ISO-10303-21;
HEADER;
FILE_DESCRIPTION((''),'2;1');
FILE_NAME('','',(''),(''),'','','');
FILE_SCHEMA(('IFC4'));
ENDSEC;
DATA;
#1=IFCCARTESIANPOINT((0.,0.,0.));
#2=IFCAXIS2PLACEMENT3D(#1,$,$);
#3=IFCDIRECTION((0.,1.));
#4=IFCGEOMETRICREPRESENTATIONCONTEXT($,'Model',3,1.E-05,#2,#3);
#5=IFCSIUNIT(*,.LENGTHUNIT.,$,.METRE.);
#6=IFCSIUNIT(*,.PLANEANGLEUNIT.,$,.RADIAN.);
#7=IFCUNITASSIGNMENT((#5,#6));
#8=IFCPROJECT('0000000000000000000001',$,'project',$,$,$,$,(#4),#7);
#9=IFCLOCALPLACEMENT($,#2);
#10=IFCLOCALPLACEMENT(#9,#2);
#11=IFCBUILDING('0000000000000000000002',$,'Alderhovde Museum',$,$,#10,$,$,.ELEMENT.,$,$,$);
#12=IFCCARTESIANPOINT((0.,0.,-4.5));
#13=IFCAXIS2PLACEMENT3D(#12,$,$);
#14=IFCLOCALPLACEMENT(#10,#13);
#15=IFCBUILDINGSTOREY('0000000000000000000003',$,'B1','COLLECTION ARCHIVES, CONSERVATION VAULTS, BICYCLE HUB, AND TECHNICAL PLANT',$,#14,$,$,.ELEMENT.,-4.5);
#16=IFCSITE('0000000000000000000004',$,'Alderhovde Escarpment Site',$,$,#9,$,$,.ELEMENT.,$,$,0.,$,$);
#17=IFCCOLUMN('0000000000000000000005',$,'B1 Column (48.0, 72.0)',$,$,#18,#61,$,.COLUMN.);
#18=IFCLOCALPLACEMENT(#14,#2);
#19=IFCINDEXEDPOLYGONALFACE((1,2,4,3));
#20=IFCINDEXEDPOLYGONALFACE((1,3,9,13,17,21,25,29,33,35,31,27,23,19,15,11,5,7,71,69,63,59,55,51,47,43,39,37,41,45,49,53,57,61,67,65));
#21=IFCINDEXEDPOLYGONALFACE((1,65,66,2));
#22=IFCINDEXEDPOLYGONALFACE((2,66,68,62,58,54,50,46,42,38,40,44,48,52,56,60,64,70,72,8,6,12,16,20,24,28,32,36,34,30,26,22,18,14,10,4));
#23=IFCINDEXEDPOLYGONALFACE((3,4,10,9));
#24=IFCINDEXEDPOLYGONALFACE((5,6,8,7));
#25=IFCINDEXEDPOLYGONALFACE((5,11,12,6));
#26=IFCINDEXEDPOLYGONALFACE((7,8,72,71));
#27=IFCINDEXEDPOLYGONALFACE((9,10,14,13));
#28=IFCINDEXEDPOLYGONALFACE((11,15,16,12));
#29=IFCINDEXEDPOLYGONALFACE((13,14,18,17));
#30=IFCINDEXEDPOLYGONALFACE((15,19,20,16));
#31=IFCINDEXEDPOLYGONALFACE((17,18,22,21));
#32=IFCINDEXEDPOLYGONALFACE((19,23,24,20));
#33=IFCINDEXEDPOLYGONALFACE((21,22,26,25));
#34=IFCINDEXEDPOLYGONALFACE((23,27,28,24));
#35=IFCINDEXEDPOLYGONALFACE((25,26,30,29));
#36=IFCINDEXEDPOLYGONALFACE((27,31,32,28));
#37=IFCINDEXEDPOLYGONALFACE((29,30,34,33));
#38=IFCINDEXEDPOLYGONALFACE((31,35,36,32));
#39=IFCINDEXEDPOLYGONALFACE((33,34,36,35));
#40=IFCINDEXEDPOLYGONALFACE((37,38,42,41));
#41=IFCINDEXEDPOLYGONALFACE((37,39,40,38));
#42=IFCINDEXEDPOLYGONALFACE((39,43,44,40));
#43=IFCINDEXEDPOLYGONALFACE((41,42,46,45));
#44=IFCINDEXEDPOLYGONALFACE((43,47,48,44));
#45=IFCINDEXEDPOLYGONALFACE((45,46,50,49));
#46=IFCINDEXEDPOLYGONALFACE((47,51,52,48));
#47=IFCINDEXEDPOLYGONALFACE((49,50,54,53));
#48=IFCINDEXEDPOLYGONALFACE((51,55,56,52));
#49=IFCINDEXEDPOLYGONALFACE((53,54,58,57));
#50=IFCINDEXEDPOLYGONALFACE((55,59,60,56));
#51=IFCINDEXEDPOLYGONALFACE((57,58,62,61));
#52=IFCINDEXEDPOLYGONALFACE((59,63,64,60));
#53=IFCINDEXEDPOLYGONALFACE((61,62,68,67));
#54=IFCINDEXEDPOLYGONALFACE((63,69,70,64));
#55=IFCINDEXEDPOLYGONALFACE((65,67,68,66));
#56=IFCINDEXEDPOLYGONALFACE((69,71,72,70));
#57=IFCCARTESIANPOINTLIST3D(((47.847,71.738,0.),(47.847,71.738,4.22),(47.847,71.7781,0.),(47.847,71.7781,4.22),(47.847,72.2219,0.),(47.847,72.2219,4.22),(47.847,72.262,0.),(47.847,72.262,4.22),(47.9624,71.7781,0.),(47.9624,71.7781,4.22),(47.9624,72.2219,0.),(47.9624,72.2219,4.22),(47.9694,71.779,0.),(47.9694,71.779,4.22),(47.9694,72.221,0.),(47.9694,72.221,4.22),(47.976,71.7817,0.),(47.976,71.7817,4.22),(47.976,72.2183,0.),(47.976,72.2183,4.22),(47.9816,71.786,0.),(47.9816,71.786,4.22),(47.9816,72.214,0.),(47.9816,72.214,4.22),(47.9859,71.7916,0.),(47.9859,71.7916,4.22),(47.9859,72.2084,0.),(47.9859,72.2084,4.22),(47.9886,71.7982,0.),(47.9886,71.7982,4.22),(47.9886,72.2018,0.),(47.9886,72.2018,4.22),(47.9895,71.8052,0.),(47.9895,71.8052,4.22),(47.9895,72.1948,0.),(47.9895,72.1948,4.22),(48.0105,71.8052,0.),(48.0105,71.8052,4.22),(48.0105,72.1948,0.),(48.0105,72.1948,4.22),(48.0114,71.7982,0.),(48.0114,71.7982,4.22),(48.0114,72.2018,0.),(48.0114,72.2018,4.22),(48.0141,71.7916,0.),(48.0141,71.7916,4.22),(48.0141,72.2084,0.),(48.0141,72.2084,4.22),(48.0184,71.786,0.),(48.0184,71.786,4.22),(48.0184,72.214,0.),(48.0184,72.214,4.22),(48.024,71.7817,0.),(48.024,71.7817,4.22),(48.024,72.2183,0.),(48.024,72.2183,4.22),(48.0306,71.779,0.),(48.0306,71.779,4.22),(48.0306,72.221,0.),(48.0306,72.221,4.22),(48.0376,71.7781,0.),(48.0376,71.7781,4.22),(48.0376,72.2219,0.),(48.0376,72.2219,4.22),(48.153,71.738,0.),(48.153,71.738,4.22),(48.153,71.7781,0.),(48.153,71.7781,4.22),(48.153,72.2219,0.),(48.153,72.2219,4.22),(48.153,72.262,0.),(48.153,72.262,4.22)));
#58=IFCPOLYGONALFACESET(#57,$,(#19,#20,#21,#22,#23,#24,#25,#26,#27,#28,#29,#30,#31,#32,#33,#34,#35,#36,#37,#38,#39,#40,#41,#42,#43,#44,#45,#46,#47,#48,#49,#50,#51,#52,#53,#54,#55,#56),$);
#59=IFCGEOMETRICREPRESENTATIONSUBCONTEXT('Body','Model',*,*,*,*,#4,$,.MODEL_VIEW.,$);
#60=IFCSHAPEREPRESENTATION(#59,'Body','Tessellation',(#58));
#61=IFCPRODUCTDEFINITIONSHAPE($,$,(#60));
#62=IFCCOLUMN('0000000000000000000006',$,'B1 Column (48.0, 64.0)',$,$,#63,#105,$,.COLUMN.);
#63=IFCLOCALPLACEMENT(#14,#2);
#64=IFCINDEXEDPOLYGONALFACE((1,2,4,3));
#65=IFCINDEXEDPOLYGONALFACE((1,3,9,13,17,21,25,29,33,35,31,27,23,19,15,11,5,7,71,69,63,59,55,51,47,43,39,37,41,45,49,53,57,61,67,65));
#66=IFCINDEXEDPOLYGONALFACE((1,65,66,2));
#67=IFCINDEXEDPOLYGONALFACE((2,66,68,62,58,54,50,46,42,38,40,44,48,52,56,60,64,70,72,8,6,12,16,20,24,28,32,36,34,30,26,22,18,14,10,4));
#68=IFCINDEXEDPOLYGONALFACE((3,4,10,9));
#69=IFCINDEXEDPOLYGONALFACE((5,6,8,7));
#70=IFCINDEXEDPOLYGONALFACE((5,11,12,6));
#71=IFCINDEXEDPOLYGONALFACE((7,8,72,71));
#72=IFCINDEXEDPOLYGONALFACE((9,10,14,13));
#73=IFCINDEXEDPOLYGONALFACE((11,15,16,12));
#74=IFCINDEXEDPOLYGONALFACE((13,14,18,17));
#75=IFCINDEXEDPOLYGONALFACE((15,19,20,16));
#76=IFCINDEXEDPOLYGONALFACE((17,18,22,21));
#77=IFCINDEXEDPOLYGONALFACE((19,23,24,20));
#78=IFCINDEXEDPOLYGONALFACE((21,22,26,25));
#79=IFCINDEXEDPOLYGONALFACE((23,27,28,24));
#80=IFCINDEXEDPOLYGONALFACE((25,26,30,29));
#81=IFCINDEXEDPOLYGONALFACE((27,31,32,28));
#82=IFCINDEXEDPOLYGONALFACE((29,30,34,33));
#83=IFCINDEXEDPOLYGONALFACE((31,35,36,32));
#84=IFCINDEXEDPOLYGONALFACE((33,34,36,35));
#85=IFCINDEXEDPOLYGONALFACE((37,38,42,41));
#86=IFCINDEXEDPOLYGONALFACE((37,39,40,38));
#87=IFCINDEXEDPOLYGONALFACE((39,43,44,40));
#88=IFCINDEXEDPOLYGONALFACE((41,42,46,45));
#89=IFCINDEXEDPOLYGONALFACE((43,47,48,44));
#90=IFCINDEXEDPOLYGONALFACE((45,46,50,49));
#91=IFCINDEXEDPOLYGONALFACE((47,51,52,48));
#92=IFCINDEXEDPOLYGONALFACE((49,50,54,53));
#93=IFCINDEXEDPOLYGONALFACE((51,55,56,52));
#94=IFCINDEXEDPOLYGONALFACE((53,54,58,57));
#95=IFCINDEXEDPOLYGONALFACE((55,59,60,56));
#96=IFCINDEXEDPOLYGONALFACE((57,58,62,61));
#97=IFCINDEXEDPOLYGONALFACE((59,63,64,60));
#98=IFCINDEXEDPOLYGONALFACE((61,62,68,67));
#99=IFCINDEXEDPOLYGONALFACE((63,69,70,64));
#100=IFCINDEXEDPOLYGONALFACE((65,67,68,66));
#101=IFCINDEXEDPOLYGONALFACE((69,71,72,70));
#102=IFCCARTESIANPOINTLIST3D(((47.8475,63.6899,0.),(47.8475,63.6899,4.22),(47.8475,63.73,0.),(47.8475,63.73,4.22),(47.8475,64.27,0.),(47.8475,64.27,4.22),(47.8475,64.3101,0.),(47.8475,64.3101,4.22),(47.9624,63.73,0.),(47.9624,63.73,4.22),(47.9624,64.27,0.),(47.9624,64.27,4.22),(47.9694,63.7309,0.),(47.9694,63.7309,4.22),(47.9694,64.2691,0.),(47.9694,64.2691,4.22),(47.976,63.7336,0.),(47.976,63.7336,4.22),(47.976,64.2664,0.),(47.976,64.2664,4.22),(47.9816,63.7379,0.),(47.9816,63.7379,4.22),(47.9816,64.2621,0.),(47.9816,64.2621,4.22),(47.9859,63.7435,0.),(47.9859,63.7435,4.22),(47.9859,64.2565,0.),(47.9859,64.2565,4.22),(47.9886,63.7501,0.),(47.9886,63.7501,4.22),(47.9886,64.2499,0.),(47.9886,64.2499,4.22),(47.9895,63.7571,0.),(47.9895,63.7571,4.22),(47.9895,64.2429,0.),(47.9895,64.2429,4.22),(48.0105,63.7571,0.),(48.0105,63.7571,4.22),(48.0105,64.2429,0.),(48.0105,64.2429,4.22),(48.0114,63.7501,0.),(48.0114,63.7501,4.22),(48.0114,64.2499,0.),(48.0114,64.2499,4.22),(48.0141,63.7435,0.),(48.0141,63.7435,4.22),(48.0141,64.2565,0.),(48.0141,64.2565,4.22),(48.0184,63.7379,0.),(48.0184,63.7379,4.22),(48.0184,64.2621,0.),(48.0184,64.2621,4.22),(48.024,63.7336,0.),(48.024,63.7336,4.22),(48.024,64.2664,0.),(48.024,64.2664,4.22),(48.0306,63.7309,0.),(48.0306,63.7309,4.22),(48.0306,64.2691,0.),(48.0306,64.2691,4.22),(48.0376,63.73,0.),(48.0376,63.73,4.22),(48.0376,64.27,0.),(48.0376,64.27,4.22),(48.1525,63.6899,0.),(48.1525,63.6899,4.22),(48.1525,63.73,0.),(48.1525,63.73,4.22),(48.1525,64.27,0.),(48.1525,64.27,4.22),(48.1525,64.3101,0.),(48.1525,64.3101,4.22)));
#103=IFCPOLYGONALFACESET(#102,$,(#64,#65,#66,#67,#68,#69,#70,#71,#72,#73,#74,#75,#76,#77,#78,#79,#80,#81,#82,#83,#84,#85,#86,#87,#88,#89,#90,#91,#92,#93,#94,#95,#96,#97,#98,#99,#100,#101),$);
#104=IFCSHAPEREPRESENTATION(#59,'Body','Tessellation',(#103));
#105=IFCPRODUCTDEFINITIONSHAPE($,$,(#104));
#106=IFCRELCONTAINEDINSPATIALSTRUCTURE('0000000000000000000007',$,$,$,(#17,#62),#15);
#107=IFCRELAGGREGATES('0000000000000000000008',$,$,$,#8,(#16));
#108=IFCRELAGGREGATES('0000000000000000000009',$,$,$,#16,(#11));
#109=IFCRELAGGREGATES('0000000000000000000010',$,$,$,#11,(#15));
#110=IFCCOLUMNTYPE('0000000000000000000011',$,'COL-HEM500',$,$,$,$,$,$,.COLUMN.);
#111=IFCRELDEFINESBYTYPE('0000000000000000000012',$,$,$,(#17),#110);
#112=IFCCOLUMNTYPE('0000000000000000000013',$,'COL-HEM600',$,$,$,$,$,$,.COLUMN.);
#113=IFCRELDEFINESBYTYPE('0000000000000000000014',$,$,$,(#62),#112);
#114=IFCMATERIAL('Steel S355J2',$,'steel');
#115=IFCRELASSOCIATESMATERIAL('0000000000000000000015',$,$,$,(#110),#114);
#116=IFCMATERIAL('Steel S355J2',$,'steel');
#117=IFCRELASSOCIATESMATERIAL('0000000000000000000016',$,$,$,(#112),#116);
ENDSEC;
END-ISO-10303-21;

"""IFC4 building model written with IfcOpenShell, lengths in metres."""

from ifc_helpers import new_model, si_unit, direction, frame, origin, origin_2d, place, context, subcontext, project, spatial, i_section, extrude, material, material_profile, profile_set, type_object, element, save


model = new_model("IFC4")

# Units and contexts
model_context = context("Model", 3, precision=1e-05, world=origin(), true_north=direction((0.0, 1.0)))
body_context = subcontext(model_context, "Body", "Model", "MODEL_VIEW")
ifc_project = project(units=[si_unit("LENGTHUNIT", "METRE"), si_unit("PLANEANGLEUNIT", "RADIAN")], contexts=[model_context])

# Site, building, storey
site_placement = place(None, origin())
site = spatial("IfcSite", under=ifc_project, at=site_placement, Name="Alderhovde Escarpment Site", CompositionType="ELEMENT", RefElevation=0.0)
building_placement = place(site_placement, origin())
building = spatial("IfcBuilding", under=site, at=building_placement, Name="Alderhovde Museum", CompositionType="ELEMENT")
storey_placement = place(building_placement, frame((0.0, 0.0, -4.5)))
storey = spatial("IfcBuildingStorey", under=building, at=storey_placement, Name="B1", Description="COLLECTION ARCHIVES, CONSERVATION VAULTS, BICYCLE HUB, AND TECHNICAL PLANT", CompositionType="ELEMENT", Elevation=-4.5)

# Columns
ifc_material_1 = material(Name="Steel S355J2", Category="steel")
ifc_material_profile_1 = material_profile(ifc_material_1, i_section(OverallWidth=0.3059, OverallDepth=0.5239, WebThickness=0.021, FlangeThickness=0.04, FilletRadius=0.0271, at=origin_2d()), Name="HEM 500")
ifc_profile_set_1 = profile_set([ifc_material_profile_1], Name="Steel S355J2")
column_type_1 = type_object("IfcColumnType", Name="COL-HEM500", PredefinedType="COLUMN", material=ifc_profile_set_1)
column_1_placement = place(storey_placement, frame((48.0, 72.0, 0.0), z_axis=(0.0, 0.0, 1.0), x_axis=(1.0, 0.0, 0.0)))
element("IfcColumn", 1, at=column_1_placement, inside=storey, type_object=column_type_1, Name="B1 Column (48.0, 72.0)", PredefinedType="COLUMN", context=body_context, shape_type="SweptSolid", body=[
    extrude(i_section(OverallWidth=0.3059, OverallDepth=0.5239, WebThickness=0.021, FlangeThickness=0.04, FilletRadius=0.0271, at=origin_2d()), origin(), (0.0, 0.0, 1.0), 4.22),
])
ifc_material_2 = material(Name="Steel S355J2", Category="steel")
ifc_material_profile_2 = material_profile(ifc_material_2, i_section(OverallWidth=0.3049, OverallDepth=0.6201, WebThickness=0.021, FlangeThickness=0.04, FilletRadius=0.0271, at=origin_2d()), Name="HEM 600")
ifc_profile_set_2 = profile_set([ifc_material_profile_2], Name="Steel S355J2")
column_type_2 = type_object("IfcColumnType", Name="COL-HEM600", PredefinedType="COLUMN", material=ifc_profile_set_2)
column_2_placement = place(storey_placement, frame((48.0, 64.0, 0.0), z_axis=(0.0, 0.0, 1.0), x_axis=(1.0, 0.0, 0.0)))
element("IfcColumn", 2, at=column_2_placement, inside=storey, type_object=column_type_2, Name="B1 Column (48.0, 64.0)", PredefinedType="COLUMN", context=body_context, shape_type="SweptSolid", body=[
    extrude(i_section(OverallWidth=0.3049, OverallDepth=0.6201, WebThickness=0.021, FlangeThickness=0.04, FilletRadius=0.0271, at=origin_2d()), origin(), (0.0, 0.0, 1.0), 4.22),
])

save(model, "model.ifc")
